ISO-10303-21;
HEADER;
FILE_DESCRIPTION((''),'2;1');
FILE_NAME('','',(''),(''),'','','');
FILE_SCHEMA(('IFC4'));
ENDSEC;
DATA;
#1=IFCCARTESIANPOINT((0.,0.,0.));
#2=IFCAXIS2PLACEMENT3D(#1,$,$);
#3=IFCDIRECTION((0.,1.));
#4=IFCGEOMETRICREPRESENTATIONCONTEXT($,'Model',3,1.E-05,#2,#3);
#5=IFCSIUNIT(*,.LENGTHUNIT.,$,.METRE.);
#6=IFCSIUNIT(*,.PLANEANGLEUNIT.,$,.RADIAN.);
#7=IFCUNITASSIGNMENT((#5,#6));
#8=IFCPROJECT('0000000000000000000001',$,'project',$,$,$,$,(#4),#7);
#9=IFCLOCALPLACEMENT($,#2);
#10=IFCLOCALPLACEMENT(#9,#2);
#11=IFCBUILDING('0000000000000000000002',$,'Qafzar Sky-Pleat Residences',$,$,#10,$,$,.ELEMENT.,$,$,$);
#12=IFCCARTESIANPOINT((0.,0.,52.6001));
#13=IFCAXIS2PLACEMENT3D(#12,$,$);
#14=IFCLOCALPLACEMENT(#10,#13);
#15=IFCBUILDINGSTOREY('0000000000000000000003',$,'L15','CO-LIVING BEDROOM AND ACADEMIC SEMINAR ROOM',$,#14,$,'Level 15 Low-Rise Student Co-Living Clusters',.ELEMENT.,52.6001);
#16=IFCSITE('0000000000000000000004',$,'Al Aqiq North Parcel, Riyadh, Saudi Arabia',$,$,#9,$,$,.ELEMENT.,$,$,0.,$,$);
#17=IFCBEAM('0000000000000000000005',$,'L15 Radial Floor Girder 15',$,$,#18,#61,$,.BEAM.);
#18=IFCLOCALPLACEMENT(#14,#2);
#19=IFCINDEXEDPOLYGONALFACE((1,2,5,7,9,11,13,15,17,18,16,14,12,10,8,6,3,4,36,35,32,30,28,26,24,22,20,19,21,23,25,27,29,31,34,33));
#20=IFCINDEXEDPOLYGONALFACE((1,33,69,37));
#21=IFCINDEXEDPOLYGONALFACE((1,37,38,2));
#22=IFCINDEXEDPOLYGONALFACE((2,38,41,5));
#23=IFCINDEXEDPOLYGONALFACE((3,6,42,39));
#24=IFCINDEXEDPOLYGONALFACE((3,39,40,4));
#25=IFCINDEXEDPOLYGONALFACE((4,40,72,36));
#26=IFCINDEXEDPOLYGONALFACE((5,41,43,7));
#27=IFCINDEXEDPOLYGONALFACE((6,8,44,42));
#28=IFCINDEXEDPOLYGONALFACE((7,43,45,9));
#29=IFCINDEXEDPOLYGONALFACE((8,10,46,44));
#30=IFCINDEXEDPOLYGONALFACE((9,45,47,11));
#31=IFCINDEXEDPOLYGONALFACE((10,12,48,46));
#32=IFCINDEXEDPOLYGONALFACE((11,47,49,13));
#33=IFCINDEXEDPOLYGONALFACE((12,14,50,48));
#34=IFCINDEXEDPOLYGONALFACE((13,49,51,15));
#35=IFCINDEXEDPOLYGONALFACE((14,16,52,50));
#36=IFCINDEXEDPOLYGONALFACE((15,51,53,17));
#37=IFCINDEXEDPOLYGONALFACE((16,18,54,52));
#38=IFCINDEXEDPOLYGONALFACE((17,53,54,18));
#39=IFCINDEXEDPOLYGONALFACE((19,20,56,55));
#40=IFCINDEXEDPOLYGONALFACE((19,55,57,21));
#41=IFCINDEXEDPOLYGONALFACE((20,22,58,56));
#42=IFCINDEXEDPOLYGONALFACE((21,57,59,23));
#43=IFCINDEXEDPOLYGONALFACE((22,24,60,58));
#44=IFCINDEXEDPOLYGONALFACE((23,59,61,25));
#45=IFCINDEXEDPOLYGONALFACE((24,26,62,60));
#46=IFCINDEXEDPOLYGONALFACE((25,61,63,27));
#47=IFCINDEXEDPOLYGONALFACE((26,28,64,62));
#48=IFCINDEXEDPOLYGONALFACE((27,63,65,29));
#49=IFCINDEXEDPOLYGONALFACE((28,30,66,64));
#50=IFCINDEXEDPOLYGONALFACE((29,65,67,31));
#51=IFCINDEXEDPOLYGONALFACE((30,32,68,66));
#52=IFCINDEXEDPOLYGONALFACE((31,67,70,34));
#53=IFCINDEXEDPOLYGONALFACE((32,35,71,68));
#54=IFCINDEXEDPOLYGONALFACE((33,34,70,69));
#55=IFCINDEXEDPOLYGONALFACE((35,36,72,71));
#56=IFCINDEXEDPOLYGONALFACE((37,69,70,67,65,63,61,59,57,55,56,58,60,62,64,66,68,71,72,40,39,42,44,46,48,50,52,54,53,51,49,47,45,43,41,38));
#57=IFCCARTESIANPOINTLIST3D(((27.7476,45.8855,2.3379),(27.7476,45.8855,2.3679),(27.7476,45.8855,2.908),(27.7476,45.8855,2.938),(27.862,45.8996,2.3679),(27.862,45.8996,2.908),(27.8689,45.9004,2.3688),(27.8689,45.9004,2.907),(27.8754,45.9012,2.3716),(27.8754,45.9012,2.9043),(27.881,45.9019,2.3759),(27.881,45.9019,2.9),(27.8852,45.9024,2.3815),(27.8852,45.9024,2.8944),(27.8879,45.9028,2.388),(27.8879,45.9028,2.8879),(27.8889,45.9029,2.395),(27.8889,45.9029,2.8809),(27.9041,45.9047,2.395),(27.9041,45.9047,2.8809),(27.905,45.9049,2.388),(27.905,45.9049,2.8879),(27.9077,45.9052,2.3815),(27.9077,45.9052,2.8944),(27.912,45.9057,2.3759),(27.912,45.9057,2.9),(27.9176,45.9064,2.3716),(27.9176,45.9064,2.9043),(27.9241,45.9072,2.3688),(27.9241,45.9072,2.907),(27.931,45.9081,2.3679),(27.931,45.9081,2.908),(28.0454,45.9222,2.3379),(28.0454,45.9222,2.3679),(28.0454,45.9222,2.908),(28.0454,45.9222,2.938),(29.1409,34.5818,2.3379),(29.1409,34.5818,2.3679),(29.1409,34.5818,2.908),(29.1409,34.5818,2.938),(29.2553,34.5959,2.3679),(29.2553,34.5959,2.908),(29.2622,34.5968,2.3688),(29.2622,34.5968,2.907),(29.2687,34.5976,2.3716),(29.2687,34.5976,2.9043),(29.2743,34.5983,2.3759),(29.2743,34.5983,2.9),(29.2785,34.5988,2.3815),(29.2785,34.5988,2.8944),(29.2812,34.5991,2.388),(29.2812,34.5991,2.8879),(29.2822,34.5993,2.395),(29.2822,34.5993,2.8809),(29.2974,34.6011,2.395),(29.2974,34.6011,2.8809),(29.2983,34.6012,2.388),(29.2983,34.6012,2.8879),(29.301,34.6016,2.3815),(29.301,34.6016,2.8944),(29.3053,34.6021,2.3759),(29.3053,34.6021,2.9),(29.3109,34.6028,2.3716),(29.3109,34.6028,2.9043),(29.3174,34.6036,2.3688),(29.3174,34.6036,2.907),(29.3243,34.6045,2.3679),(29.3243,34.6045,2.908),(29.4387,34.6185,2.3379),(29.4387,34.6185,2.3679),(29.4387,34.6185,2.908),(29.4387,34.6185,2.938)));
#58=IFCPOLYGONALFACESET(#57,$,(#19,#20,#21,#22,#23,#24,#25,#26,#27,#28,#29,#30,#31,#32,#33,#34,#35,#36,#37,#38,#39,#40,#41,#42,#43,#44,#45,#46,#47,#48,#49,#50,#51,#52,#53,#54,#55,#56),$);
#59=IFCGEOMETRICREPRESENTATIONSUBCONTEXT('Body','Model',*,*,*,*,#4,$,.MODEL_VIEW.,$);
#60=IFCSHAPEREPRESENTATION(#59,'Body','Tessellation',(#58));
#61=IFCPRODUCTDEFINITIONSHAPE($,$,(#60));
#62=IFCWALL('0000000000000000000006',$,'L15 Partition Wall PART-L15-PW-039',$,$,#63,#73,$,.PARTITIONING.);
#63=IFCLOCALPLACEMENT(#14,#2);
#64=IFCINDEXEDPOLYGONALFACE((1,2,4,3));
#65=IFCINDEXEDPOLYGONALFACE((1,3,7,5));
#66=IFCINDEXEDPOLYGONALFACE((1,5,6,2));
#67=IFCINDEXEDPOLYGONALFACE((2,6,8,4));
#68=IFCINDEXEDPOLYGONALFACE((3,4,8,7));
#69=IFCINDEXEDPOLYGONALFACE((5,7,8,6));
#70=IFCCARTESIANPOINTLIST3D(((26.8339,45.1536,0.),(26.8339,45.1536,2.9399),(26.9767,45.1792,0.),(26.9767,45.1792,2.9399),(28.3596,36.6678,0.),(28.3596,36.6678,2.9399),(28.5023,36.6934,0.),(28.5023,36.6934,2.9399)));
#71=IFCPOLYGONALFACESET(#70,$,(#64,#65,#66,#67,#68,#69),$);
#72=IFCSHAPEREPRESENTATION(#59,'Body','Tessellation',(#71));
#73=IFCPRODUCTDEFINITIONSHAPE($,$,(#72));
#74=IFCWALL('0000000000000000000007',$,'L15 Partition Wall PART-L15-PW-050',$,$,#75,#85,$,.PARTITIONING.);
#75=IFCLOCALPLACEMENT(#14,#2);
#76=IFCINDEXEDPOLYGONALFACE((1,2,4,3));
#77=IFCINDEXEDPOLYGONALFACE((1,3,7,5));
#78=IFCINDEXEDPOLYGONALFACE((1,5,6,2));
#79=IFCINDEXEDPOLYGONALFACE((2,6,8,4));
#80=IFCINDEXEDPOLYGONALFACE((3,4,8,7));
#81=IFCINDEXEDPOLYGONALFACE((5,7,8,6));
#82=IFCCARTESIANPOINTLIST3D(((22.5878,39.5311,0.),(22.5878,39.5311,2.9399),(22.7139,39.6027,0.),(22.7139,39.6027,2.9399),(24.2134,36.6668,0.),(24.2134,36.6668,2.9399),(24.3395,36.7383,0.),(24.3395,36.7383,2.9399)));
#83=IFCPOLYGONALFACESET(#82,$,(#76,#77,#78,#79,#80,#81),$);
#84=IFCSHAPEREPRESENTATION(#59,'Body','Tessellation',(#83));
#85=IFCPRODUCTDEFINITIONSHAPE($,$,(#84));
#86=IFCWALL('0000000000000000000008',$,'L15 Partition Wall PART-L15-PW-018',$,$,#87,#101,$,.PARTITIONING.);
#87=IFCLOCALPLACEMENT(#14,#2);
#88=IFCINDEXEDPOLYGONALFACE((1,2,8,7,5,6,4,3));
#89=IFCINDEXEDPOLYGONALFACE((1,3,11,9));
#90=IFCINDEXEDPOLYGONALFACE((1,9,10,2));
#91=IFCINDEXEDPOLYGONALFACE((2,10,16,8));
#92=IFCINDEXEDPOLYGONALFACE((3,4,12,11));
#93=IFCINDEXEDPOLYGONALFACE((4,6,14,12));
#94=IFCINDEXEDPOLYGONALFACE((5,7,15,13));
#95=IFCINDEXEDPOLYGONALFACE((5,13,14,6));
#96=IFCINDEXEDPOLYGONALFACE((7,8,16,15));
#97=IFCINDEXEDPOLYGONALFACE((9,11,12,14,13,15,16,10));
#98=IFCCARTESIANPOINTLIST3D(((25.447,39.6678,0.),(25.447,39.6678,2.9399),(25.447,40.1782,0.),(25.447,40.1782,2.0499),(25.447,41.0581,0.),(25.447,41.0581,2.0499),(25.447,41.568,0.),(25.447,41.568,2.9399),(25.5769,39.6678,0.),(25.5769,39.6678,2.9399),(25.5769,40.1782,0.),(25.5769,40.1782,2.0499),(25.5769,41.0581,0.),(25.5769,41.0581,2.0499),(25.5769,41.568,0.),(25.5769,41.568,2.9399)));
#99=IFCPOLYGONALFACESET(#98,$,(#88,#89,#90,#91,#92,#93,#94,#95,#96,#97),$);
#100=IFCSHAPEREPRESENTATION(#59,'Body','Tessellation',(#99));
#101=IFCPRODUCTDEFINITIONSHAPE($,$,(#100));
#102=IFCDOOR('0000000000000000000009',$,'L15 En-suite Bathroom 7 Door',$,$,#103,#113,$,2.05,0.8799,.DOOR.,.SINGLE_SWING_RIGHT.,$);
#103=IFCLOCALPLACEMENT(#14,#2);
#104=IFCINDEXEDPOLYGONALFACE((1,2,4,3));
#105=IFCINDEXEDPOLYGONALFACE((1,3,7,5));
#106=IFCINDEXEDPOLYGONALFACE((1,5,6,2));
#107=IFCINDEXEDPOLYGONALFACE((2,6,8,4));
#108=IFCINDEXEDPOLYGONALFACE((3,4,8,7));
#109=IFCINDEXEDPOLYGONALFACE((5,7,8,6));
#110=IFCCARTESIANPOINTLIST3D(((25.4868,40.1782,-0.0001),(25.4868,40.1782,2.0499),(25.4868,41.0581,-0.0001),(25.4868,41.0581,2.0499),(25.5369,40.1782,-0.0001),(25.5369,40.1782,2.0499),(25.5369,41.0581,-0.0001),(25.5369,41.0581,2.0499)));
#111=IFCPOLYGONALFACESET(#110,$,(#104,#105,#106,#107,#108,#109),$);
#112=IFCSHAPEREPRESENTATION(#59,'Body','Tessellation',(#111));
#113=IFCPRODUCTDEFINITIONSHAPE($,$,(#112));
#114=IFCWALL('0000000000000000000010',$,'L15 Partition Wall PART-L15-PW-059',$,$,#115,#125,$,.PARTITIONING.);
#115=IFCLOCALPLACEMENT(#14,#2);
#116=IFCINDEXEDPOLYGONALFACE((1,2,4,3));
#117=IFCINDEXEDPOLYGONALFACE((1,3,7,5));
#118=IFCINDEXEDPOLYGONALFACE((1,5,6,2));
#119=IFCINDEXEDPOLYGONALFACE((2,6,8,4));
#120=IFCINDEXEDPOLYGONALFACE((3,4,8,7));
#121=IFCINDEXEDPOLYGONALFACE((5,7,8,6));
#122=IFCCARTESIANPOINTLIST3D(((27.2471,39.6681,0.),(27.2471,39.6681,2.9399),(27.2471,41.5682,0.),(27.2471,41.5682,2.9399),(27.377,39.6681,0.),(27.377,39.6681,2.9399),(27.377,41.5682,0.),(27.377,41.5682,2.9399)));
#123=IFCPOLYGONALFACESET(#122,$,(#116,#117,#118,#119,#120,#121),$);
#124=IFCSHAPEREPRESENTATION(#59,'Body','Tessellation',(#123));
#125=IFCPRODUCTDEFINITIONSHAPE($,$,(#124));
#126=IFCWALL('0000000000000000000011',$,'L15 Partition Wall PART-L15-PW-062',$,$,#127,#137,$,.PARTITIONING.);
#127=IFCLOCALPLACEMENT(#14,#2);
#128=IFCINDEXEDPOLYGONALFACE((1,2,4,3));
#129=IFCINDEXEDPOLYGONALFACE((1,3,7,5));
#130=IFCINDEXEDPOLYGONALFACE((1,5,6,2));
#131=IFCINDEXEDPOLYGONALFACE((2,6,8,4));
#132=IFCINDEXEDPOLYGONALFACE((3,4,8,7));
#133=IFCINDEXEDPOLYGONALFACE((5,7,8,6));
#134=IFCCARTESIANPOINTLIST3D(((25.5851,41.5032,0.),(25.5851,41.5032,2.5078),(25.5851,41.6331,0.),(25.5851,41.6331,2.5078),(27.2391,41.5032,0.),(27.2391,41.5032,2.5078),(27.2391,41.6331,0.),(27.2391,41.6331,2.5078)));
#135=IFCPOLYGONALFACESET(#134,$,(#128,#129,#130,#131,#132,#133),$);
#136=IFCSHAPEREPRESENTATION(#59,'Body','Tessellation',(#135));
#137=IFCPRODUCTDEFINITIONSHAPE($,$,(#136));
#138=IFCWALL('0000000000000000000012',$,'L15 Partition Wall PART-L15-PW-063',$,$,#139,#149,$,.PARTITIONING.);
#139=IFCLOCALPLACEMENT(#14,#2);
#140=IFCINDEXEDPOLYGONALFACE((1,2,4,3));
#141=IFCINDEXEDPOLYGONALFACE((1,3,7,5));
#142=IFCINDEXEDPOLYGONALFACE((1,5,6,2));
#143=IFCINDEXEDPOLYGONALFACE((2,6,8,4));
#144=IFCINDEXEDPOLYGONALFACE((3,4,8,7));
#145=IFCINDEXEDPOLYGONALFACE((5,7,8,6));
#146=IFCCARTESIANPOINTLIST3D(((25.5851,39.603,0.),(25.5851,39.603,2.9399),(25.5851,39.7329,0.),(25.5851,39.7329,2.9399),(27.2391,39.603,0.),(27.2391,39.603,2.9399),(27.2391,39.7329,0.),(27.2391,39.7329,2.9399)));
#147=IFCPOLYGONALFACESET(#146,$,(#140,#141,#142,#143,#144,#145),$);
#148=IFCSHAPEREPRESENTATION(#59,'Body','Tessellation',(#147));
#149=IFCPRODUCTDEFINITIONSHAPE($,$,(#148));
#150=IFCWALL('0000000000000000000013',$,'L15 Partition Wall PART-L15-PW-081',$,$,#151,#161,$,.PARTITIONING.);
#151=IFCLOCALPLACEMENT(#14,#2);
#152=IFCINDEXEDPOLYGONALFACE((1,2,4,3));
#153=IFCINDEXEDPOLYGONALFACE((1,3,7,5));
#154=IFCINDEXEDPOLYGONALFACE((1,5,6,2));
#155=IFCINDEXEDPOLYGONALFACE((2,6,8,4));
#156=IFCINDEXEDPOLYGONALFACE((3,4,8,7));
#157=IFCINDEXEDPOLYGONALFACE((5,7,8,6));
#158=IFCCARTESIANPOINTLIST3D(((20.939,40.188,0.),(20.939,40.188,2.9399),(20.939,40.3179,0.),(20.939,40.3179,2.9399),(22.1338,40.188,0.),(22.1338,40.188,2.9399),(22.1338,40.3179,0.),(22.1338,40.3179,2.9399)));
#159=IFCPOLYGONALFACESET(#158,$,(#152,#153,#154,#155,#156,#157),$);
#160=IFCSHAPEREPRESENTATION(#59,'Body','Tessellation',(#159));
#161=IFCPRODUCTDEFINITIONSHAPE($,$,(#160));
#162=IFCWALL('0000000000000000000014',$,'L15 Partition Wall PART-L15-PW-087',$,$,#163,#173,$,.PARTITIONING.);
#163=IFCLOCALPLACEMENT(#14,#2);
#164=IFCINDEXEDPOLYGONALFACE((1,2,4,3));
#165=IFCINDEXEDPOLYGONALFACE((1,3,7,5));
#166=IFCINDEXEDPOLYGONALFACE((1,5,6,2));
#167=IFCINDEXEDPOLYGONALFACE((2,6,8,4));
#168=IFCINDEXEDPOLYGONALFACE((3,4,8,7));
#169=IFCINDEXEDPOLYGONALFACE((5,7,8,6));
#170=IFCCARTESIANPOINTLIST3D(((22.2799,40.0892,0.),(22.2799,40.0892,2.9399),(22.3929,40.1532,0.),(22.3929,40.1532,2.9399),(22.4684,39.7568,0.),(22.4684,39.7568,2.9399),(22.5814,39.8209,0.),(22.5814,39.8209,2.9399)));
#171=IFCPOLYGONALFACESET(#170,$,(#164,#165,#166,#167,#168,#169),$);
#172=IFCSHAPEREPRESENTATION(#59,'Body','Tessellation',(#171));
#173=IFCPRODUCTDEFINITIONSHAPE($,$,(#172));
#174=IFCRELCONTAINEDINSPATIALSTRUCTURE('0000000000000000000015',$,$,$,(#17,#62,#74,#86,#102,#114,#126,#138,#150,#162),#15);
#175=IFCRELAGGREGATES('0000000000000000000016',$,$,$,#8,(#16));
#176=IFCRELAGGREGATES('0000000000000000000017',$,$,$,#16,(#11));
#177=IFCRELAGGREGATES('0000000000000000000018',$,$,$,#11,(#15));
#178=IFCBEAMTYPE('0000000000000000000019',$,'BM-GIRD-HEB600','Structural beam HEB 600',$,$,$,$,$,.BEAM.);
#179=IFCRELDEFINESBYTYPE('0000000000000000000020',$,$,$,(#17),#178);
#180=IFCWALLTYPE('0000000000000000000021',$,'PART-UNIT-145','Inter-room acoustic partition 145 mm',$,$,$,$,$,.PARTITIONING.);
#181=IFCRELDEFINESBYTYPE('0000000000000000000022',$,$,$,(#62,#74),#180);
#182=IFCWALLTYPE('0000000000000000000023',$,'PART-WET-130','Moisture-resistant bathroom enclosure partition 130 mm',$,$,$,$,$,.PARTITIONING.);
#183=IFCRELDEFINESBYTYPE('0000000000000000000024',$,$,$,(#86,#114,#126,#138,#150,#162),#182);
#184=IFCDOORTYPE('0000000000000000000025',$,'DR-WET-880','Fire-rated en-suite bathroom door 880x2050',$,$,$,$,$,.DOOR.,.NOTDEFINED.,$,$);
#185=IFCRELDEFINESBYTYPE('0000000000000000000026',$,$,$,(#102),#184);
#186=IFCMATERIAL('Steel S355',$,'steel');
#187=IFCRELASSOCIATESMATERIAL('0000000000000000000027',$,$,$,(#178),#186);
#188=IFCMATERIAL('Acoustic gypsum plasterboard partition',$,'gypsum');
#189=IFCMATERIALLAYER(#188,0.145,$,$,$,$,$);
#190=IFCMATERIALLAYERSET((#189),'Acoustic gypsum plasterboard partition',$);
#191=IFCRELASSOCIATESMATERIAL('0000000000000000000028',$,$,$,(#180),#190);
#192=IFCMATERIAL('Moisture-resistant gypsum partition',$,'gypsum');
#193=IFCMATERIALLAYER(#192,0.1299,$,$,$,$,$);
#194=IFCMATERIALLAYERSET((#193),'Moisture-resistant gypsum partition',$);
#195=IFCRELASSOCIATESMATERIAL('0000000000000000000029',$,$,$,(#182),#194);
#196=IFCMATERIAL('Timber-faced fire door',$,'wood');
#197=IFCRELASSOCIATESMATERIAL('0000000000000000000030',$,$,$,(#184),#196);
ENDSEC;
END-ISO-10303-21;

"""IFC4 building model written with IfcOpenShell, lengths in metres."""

from ifc_helpers import new_model, si_unit, direction, frame, frame_2d, origin, origin_2d, place, context, subcontext, project, spatial, rectangle, i_section, extrude, source, transform, mapped, material, layer, layer_set, material_profile, profile_set, type_object, element, fill, save


model = new_model("IFC4")

# Units and contexts
model_context = context("Model", 3, precision=1e-05, world=origin(), true_north=direction((0.0, 1.0)))
body_context = subcontext(model_context, "Body", "Model", "MODEL_VIEW")
ifc_project = project(units=[si_unit("LENGTHUNIT", "METRE"), si_unit("PLANEANGLEUNIT", "RADIAN")], contexts=[model_context])

# Site, building, storey
site_placement = place(None, origin())
site = spatial("IfcSite", under=ifc_project, at=site_placement, Name="Al Aqiq North Parcel, Riyadh, Saudi Arabia", CompositionType="ELEMENT", RefElevation=0.0)
building_placement = place(site_placement, origin())
building = spatial("IfcBuilding", under=site, at=building_placement, Name="Qafzar Sky-Pleat Residences", CompositionType="ELEMENT")
storey_placement = place(building_placement, frame((0.0, 0.0, 52.6001)))
storey = spatial("IfcBuildingStorey", under=building, at=storey_placement, Name="L15", Description="CO-LIVING BEDROOM AND ACADEMIC SEMINAR ROOM", LongName="Level 15 Low-Rise Student Co-Living Clusters", CompositionType="ELEMENT", Elevation=52.6001)

# Beam
ifc_material_1 = material(Name="Steel S355", Category="steel")
ifc_material_profile_1 = material_profile(ifc_material_1, i_section(OverallWidth=0.3, OverallDepth=0.6001, WebThickness=0.0154, FlangeThickness=0.03, FilletRadius=0.0271, at=origin_2d()), Name="HEB 600")
ifc_profile_set_1 = profile_set([ifc_material_profile_1], Name="Steel S355")
beam_type_1 = type_object("IfcBeamType", Name="BM-GIRD-HEB600", Description="Structural beam HEB 600", PredefinedType="BEAM", material=ifc_profile_set_1)
shared_shape_1 = source(origin(), body_context, "Body", "SweptSolid", [
    extrude(i_section(OverallWidth=0.3, OverallDepth=0.6001, WebThickness=0.0154, FlangeThickness=0.03, FilletRadius=0.0271, at=origin_2d()), origin(), (0.0, 0.0, 1.0), 11.3892),
])
beam_1_placement = place(storey_placement, frame((27.8965, 45.9038, 2.6379), z_axis=(0.122335, -0.992489, 0.0), x_axis=(0.992489, 0.122335, 0.0)))
element("IfcBeam", 1, at=beam_1_placement, inside=storey, type_object=beam_type_1, Name="L15 Radial Floor Girder 15", PredefinedType="BEAM", context=body_context, shape_type="MappedRepresentation", body=[
    mapped(shared_shape_1, transform((0.0, 0.0, 0.0), x_axis=(1.0, 0.0, 0.0), y_axis=(0.0, 1.0, 0.0), z_axis=(0.0, 0.0, 1.0), scale=1.0)),
])

# Walls
ifc_material_2 = material(Name="Acoustic gypsum plasterboard partition", Category="gypsum")
ifc_layer_1 = layer(ifc_material_2, 0.145)
ifc_layer_set_1 = layer_set([ifc_layer_1], Name="Acoustic gypsum plasterboard partition")
wall_type_1 = type_object("IfcWallType", Name="PART-UNIT-145", Description="Inter-room acoustic partition 145 mm", PredefinedType="PARTITIONING", material=ifc_layer_set_1)
wall_1_placement = place(storey_placement, frame((26.9053, 45.1665, 0.0), z_axis=(0.0, 0.0, 1.0), x_axis=(0.176949, -0.98422, 0.0)))
element("IfcWall", 2, at=wall_1_placement, inside=storey, type_object=wall_type_1, Name="L15 Partition Wall PART-L15-PW-039", PredefinedType="PARTITIONING", context=body_context, shape_type="SweptSolid", body=[
    extrude(rectangle(XDim=8.6218, YDim=0.145, at=frame_2d((4.311, 0.0))), origin(), (0.0, 0.0, 1.0), 2.9399),
])
wall_2_placement = place(storey_placement, frame((22.6509, 39.5669, 0.0), z_axis=(0.0, 0.0, 1.0), x_axis=(0.493566, -0.869708, 0.0)))
element("IfcWall", 3, at=wall_2_placement, inside=storey, type_object=wall_type_1, Name="L15 Partition Wall PART-L15-PW-050", PredefinedType="PARTITIONING", context=body_context, shape_type="SweptSolid", body=[
    extrude(rectangle(XDim=3.2935, YDim=0.145, at=frame_2d((1.6467, 0.0))), origin(), (0.0, 0.0, 1.0), 2.9399),
])

# Wall, opening, door
ifc_material_3 = material(Name="Moisture-resistant gypsum partition", Category="gypsum")
ifc_layer_2 = layer(ifc_material_3, 0.1299)
ifc_layer_set_2 = layer_set([ifc_layer_2], Name="Moisture-resistant gypsum partition")
wall_type_2 = type_object("IfcWallType", Name="PART-WET-130", Description="Moisture-resistant bathroom enclosure partition 130 mm", PredefinedType="PARTITIONING", material=ifc_layer_set_2)
wall_3_placement = place(storey_placement, frame((25.512, 41.5681, 0.0), z_axis=(0.0, 0.0, 1.0), x_axis=(0.0, -1.0, 0.0)))
wall_3 = element("IfcWall", 4, at=wall_3_placement, inside=storey, type_object=wall_type_2, Name="L15 Partition Wall PART-L15-PW-018", PredefinedType="PARTITIONING", context=body_context, shape_type="SweptSolid", body=[
    extrude(rectangle(XDim=1.9001, YDim=0.1299, at=frame_2d((0.9502, 0.0))), origin(), (0.0, 0.0, 1.0), 2.9399),
])
opening_1_placement = place(wall_3_placement, frame((0.51, 0.0, 0.0)))
opening_1 = element("IfcOpeningElement", 5, at=opening_1_placement, cuts=wall_3, PredefinedType="OPENING", context=body_context, shape_type="SweptSolid", body=[
    extrude(rectangle(XDim=0.8799, YDim=2.05, at=frame_2d((0.4399, 1.0249))), frame((0.0, 0.075, 0.0), z_axis=(0.0, -1.0, 0.0), x_axis=(1.0, 0.0, 0.0)), (0.0, 0.0, 1.0), 0.1499),
])
ifc_material_4 = material(Name="Timber-faced fire door", Category="wood")
door_type = type_object("IfcDoorType", Name="DR-WET-880", Description="Fire-rated en-suite bathroom door 880x2050", OperationType="NOTDEFINED", PredefinedType="DOOR", material=ifc_material_4)
shared_shape_2 = source(origin(), body_context, "Body", "SweptSolid", [
    extrude(rectangle(XDim=0.8799, YDim=2.05, at=frame_2d((0.4399, 1.0249))), frame((0.0, 0.0249, 0.0), z_axis=(0.0, -1.0, 0.0), x_axis=(1.0, 0.0, 0.0)), (0.0, 0.0, 1.0), 0.05),
])
door_placement = place(opening_1_placement, origin())
door = element("IfcDoor", 6, at=door_placement, inside=storey, type_object=door_type, Name="L15 En-suite Bathroom 7 Door", OperationType="SINGLE_SWING_RIGHT", OverallHeight=2.05, OverallWidth=0.8799, PredefinedType="DOOR", context=body_context, shape_type="MappedRepresentation", body=[
    mapped(shared_shape_2, transform((0.0, 0.0, 0.0), x_axis=(1.0, 0.0, 0.0), y_axis=(0.0, 1.0, 0.0), z_axis=(0.0, 0.0, 1.0), scale=1.0)),
])
fill(opening_1, door)

# Walls
wall_4_placement = place(storey_placement, frame((27.312, 39.668, 0.0), z_axis=(0.0, 0.0, 1.0), x_axis=(0.0, 1.0, 0.0)))
element("IfcWall", 7, at=wall_4_placement, inside=storey, type_object=wall_type_2, Name="L15 Partition Wall PART-L15-PW-059", PredefinedType="PARTITIONING", context=body_context, shape_type="SweptSolid", body=[
    extrude(rectangle(XDim=1.9001, YDim=0.1299, at=frame_2d((0.9502, 0.0))), origin(), (0.0, 0.0, 1.0), 2.9399),
])
wall_5_placement = place(storey_placement, frame((25.585, 41.5681, 0.0), z_axis=(0.0, 0.0, 1.0), x_axis=(1.0, 0.0, 0.0)))
element("IfcWall", 8, at=wall_5_placement, inside=storey, type_object=wall_type_2, Name="L15 Partition Wall PART-L15-PW-062", PredefinedType="PARTITIONING", context=body_context, shape_type="SweptSolid", body=[
    extrude(rectangle(XDim=1.6541, YDim=0.1299, at=frame_2d((0.8271, 0.0))), origin(), (0.0, 0.0, 1.0), 2.5078),
])
wall_6_placement = place(storey_placement, frame((25.585, 39.668, 0.0), z_axis=(0.0, 0.0, 1.0), x_axis=(1.0, 0.0, 0.0)))
element("IfcWall", 9, at=wall_6_placement, inside=storey, type_object=wall_type_2, Name="L15 Partition Wall PART-L15-PW-063", PredefinedType="PARTITIONING", context=body_context, shape_type="SweptSolid", body=[
    extrude(rectangle(XDim=1.6541, YDim=0.1299, at=frame_2d((0.8271, 0.0))), origin(), (0.0, 0.0, 1.0), 2.9399),
])
wall_7_placement = place(storey_placement, frame((20.939, 40.2529, 0.0), z_axis=(0.0, 0.0, 1.0), x_axis=(1.0, 0.0, 0.0)))
element("IfcWall", 10, at=wall_7_placement, inside=storey, type_object=wall_type_2, Name="L15 Partition Wall PART-L15-PW-081", PredefinedType="PARTITIONING", context=body_context, shape_type="SweptSolid", body=[
    extrude(rectangle(XDim=1.1948, YDim=0.1299, at=frame_2d((0.5974, 0.0))), origin(), (0.0, 0.0, 1.0), 2.9399),
])
wall_8_placement = place(storey_placement, frame((22.3364, 40.1211, 0.0), z_axis=(0.0, 0.0, 1.0), x_axis=(0.493383, -0.869812, 0.0)))
element("IfcWall", 11, at=wall_8_placement, inside=storey, type_object=wall_type_2, Name="L15 Partition Wall PART-L15-PW-087", PredefinedType="PARTITIONING", context=body_context, shape_type="SweptSolid", body=[
    extrude(rectangle(XDim=0.3821, YDim=0.1299, at=frame_2d((0.1909, 0.0))), origin(), (0.0, 0.0, 1.0), 2.9399),
])

save(model, "model.ifc")
